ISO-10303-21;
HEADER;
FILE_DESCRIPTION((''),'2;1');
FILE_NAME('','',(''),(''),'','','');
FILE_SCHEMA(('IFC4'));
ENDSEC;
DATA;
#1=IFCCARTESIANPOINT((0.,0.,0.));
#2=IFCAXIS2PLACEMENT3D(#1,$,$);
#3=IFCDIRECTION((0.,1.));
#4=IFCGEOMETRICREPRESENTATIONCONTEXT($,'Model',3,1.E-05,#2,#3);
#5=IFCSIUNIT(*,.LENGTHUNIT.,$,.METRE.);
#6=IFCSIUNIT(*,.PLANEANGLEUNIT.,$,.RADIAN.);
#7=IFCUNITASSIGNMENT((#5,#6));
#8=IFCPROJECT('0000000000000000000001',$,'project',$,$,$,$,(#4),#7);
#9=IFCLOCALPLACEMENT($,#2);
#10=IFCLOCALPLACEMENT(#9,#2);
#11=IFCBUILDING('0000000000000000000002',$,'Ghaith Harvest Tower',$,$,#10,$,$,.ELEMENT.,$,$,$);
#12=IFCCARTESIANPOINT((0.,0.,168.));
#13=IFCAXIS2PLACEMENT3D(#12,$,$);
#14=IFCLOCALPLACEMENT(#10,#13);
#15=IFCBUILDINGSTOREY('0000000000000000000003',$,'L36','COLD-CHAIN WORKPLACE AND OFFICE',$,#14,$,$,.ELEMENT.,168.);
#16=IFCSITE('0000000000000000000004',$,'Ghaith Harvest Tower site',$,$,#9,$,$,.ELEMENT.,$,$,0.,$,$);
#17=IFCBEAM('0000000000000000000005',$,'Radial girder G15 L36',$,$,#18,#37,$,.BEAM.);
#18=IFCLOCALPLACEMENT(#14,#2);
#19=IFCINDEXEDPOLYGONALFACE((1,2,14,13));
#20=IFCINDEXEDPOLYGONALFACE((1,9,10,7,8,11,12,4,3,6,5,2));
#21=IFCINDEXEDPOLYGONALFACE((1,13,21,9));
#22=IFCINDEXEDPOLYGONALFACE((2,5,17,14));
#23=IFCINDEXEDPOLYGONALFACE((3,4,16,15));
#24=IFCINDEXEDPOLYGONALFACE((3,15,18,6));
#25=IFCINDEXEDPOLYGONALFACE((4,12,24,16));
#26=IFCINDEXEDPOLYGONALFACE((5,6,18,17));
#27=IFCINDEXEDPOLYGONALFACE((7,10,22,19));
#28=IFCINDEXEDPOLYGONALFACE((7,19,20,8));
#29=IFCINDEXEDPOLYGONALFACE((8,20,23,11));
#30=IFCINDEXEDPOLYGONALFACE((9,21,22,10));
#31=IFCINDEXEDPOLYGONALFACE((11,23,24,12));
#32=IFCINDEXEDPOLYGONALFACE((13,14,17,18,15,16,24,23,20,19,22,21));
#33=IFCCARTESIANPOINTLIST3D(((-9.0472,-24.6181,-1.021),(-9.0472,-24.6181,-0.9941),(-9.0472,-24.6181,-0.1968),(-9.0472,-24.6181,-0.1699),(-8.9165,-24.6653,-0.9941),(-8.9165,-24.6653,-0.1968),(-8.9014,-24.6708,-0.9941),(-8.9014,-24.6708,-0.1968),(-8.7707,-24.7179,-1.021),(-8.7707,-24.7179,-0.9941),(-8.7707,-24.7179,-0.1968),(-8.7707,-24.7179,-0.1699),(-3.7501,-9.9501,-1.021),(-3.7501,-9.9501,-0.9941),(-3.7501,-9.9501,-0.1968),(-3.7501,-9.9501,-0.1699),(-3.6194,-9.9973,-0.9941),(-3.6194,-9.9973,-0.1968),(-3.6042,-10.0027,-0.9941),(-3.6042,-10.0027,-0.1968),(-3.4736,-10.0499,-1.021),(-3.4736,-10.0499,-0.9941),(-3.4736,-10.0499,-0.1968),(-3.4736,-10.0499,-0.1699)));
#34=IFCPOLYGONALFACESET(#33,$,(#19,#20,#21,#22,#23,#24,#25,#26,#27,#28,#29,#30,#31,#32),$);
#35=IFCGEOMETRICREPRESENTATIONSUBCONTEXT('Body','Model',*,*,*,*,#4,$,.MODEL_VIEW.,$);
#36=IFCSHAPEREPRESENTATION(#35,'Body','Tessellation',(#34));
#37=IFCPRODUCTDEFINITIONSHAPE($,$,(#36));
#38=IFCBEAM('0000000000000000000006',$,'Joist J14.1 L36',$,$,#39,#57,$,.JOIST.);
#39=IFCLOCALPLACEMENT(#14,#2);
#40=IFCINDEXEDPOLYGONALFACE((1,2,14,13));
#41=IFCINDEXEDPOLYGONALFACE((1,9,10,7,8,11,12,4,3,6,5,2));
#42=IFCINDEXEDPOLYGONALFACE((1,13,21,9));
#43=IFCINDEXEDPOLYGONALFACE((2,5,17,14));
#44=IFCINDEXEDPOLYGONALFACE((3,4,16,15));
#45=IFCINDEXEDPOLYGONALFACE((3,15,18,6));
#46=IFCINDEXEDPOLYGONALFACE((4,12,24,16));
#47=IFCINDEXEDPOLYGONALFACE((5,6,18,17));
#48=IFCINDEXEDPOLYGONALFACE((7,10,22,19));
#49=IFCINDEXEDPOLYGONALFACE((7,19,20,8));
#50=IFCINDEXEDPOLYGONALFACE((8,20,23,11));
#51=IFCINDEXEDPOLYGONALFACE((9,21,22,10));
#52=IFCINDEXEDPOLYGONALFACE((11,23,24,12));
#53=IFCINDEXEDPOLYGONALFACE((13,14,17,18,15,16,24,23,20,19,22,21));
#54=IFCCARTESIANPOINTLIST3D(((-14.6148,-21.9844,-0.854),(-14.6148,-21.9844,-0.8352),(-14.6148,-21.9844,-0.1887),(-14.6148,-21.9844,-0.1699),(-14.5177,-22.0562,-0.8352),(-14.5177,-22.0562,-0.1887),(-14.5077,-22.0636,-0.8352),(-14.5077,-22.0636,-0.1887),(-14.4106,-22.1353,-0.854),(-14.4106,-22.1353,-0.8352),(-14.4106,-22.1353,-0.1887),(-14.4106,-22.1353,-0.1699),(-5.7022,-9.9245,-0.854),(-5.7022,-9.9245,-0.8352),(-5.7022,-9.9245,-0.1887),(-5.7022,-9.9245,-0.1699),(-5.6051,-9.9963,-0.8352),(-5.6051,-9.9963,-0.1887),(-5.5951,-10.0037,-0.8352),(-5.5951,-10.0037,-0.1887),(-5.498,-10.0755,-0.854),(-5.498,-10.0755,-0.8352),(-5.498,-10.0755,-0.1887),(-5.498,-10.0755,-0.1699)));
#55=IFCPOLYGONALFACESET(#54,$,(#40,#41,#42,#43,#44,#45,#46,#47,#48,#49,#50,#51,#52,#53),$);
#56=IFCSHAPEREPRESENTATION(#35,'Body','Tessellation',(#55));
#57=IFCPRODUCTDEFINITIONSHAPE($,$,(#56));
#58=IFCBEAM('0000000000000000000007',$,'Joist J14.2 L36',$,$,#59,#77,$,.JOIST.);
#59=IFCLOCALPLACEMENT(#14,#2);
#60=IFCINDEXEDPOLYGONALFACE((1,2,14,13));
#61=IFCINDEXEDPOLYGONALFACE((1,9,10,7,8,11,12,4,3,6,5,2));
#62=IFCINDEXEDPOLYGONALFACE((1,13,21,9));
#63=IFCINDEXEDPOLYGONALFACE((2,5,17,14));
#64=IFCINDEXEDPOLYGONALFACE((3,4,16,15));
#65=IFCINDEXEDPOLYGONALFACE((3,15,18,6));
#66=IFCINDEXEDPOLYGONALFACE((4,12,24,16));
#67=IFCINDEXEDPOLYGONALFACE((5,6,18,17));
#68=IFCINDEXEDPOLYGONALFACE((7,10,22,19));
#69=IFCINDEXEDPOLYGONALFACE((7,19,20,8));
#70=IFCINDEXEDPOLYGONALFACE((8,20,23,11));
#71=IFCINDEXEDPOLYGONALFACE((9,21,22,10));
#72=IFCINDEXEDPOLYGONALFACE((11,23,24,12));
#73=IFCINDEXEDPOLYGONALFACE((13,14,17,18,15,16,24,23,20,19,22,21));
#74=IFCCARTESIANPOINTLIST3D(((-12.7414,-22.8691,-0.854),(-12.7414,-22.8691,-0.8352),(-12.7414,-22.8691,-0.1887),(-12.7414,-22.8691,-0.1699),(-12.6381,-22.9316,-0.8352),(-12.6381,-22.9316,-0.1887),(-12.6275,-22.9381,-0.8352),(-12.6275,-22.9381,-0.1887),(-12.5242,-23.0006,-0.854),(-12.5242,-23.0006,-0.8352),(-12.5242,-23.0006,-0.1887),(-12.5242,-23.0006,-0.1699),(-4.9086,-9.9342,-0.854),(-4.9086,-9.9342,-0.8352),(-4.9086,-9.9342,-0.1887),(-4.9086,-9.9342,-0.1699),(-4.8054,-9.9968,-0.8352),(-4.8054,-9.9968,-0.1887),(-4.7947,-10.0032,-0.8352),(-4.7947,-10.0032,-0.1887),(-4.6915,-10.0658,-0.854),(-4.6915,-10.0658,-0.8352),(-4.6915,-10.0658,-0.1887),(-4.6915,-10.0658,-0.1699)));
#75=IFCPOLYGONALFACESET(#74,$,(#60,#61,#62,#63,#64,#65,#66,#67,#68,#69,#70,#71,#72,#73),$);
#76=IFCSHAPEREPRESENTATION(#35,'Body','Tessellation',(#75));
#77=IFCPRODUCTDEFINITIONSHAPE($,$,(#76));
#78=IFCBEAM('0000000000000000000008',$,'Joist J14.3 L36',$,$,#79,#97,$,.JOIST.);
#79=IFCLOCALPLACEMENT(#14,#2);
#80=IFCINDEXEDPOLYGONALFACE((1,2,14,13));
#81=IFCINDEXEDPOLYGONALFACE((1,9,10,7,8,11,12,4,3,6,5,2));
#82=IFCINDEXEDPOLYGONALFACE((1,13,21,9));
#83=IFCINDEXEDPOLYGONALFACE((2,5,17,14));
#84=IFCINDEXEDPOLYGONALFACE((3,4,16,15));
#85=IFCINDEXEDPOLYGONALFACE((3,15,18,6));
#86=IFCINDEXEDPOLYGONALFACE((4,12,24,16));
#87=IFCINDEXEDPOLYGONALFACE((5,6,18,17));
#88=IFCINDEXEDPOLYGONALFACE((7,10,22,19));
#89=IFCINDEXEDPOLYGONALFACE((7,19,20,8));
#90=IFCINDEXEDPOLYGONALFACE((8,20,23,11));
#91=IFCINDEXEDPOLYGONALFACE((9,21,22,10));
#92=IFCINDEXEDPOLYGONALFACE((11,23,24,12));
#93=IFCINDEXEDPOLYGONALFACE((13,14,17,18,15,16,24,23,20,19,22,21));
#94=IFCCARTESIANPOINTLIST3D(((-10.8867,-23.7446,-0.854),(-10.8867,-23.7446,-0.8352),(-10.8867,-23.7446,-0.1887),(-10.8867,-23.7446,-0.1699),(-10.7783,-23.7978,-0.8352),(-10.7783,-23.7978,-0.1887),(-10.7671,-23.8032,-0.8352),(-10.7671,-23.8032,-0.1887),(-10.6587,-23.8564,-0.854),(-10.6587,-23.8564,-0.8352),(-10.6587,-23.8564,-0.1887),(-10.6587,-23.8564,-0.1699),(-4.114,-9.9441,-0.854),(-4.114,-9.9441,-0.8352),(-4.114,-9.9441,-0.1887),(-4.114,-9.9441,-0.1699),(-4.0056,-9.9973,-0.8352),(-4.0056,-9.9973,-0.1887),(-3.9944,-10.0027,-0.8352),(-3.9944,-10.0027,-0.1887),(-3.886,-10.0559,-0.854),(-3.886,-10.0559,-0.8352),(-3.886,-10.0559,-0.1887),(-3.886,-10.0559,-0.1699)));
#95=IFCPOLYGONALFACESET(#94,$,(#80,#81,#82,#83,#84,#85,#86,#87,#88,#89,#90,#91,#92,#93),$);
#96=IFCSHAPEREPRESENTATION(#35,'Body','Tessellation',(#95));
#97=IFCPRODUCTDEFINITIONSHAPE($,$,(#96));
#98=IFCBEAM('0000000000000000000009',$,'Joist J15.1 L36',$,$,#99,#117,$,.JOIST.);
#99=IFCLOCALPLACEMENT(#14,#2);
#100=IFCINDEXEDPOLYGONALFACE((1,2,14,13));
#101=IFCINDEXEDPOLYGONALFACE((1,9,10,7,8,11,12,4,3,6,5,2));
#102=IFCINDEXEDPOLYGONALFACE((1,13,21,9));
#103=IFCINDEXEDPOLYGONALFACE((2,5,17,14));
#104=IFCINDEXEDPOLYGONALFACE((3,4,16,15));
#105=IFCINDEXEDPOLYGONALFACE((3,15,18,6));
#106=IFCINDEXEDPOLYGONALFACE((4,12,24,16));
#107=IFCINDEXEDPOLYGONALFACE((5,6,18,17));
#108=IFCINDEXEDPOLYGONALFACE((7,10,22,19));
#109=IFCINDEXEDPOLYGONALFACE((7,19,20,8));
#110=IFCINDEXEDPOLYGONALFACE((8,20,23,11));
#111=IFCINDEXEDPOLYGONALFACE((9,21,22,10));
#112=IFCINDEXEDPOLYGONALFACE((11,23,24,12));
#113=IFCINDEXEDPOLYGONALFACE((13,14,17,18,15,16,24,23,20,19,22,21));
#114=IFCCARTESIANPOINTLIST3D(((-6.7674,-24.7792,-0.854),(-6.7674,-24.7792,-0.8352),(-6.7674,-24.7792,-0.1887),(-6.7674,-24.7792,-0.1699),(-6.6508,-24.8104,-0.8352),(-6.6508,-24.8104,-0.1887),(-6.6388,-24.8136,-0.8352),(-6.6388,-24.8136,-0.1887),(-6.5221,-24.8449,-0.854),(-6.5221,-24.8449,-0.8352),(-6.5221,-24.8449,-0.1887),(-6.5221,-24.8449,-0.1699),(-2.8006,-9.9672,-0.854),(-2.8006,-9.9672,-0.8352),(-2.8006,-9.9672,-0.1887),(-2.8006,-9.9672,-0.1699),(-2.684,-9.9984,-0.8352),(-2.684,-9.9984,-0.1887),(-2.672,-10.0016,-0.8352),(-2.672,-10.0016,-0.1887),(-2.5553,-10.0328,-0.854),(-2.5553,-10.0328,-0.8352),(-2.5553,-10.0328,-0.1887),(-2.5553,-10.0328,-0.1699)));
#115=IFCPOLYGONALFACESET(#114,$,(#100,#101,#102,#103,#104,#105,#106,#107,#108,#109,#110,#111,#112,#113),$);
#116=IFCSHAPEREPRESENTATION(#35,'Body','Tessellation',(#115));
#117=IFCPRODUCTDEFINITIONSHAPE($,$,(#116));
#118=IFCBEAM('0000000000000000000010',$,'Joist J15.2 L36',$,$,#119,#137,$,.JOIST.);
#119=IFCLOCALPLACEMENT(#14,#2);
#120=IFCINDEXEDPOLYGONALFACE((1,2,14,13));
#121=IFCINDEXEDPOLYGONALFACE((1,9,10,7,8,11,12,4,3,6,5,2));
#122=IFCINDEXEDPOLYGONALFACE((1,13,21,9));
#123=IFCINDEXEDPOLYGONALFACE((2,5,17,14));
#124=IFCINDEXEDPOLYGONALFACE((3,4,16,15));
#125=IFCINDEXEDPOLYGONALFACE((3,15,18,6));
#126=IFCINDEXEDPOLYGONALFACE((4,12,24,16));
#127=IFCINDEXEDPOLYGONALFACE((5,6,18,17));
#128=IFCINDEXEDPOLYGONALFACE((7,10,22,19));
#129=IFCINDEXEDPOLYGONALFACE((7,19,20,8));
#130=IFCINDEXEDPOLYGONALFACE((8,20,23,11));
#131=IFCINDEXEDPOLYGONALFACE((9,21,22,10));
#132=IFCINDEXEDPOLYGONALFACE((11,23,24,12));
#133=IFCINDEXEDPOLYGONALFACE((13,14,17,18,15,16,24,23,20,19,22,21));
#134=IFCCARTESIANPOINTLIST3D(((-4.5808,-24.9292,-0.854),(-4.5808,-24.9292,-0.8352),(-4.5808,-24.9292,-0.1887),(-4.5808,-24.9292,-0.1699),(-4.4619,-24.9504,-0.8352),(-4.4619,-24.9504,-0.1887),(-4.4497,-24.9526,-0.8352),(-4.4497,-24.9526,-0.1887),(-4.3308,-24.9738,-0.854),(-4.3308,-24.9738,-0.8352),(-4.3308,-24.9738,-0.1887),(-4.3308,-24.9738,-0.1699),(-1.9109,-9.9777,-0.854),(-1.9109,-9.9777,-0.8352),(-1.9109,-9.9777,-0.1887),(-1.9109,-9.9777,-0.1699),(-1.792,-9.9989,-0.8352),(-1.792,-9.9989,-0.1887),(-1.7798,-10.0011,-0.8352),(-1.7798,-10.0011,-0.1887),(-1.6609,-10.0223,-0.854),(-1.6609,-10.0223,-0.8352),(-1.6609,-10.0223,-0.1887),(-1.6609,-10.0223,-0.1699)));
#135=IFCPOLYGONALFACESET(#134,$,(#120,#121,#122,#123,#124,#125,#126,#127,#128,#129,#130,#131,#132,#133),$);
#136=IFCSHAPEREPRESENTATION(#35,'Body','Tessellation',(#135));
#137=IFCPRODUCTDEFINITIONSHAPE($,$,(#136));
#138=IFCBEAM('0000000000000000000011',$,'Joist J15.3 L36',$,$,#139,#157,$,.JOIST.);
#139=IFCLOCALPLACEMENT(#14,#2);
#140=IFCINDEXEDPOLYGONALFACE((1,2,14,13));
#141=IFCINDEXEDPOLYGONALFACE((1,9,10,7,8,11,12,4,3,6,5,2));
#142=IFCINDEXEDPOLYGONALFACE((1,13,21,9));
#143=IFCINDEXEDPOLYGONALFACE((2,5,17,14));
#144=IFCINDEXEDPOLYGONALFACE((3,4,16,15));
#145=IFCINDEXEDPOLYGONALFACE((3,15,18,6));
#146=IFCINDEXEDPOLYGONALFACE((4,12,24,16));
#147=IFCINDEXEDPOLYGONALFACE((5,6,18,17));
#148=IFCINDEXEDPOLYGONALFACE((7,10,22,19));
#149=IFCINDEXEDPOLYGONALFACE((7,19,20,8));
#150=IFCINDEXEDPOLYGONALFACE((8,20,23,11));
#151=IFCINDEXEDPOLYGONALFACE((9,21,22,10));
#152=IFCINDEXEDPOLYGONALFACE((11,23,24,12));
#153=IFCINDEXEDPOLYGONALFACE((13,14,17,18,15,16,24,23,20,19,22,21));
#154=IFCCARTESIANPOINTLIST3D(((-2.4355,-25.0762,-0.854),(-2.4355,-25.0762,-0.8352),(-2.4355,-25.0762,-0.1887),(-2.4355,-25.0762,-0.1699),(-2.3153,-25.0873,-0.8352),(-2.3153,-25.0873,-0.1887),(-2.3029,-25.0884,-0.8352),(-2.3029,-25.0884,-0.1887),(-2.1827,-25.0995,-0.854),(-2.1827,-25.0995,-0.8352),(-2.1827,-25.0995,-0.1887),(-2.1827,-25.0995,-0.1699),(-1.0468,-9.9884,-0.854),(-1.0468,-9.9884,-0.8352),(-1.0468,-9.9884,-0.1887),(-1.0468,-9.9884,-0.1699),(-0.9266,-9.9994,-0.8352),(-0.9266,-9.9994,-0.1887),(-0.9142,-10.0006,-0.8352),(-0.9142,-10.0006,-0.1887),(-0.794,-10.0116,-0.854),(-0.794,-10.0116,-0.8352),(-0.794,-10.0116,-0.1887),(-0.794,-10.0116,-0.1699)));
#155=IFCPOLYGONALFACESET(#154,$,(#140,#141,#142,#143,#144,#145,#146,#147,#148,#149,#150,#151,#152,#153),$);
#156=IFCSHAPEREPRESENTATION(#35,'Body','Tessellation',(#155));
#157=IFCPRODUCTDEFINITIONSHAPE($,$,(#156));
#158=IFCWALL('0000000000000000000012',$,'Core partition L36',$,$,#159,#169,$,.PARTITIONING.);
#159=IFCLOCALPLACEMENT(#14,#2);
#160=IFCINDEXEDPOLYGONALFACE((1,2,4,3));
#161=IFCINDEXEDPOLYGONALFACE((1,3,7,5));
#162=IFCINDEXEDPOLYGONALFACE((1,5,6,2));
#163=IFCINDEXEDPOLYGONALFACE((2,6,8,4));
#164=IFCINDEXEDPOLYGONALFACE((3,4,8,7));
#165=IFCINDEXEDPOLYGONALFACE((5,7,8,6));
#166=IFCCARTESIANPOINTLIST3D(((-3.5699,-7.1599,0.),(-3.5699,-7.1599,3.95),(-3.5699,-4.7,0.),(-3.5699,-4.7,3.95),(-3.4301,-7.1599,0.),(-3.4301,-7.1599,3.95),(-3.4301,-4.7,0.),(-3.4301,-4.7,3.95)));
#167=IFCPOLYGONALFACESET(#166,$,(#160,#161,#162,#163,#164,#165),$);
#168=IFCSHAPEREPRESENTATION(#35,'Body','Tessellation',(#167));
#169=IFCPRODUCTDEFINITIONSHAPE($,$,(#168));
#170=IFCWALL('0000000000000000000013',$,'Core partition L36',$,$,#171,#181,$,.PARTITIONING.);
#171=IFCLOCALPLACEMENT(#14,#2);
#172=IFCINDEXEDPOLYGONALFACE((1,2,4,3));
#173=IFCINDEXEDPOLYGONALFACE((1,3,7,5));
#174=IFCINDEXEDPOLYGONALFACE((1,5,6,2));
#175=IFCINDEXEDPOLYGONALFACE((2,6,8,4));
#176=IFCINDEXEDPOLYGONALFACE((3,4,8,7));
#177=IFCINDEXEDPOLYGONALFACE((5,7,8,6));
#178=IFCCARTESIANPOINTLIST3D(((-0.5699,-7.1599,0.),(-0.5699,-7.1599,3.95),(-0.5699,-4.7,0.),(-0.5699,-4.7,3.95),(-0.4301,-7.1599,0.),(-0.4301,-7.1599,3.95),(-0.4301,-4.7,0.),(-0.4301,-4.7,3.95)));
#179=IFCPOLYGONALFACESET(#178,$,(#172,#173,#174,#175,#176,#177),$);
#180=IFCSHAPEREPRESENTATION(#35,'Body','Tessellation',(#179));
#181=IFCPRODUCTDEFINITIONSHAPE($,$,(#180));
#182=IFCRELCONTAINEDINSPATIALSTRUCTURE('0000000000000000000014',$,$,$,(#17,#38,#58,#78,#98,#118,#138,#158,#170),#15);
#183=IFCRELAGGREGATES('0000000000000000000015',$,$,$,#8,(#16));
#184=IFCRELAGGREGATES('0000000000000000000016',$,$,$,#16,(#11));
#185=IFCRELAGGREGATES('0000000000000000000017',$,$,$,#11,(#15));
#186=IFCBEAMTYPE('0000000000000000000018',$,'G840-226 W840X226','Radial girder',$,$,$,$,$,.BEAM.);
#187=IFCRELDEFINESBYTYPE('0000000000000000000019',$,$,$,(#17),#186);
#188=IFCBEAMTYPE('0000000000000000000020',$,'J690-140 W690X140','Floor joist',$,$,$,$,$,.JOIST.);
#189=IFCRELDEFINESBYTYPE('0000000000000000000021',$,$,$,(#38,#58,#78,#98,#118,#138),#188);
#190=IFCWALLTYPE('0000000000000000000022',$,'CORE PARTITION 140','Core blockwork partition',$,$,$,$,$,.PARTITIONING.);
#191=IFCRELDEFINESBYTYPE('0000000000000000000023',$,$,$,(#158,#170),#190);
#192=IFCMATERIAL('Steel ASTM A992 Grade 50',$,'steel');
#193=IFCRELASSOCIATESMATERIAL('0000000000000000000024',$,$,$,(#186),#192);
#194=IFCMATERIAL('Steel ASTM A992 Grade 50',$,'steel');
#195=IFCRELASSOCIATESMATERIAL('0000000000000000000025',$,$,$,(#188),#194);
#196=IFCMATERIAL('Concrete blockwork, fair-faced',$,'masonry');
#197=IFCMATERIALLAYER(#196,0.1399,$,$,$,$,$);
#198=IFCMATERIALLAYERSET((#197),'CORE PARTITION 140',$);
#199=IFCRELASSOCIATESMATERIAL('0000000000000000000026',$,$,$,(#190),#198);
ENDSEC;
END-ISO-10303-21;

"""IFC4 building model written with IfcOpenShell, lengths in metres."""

from ifc_helpers import new_model, si_unit, direction, frame, frame_2d, origin, origin_2d, place, context, subcontext, project, spatial, rectangle, i_section, extrude, material, layer, layer_set, material_profile, profile_set, type_object, element, save


model = new_model("IFC4")

# Units and contexts
model_context = context("Model", 3, precision=1e-05, world=origin(), true_north=direction((0.0, 1.0)))
body_context = subcontext(model_context, "Body", "Model", "MODEL_VIEW")
ifc_project = project(units=[si_unit("LENGTHUNIT", "METRE"), si_unit("PLANEANGLEUNIT", "RADIAN")], contexts=[model_context])

# Site, building, storey
site_placement = place(None, origin())
site = spatial("IfcSite", under=ifc_project, at=site_placement, Name="Ghaith Harvest Tower site", CompositionType="ELEMENT", RefElevation=0.0)
building_placement = place(site_placement, origin())
building = spatial("IfcBuilding", under=site, at=building_placement, Name="Ghaith Harvest Tower", CompositionType="ELEMENT")
storey_placement = place(building_placement, frame((0.0, 0.0, 168.0)))
storey = spatial("IfcBuildingStorey", under=building, at=storey_placement, Name="L36", Description="COLD-CHAIN WORKPLACE AND OFFICE", CompositionType="ELEMENT", Elevation=168.0)

# Beams
ifc_material_1 = material(Name="Steel ASTM A992 Grade 50", Category="steel")
ifc_material_profile_1 = material_profile(ifc_material_1, i_section(OverallWidth=0.2939, OverallDepth=0.8511, WebThickness=0.0161, FlangeThickness=0.0269, at=origin_2d()), Name="W840X226")
ifc_profile_set_1 = profile_set([ifc_material_profile_1], Name="Steel ASTM A992 Grade 50")
beam_type_1 = type_object("IfcBeamType", Name="G840-226 W840X226", Description="Radial girder", PredefinedType="BEAM", material=ifc_profile_set_1)
beam_1_placement = place(storey_placement, frame((-3.6118, -10.0, -0.5955), z_axis=(-0.339664, -0.940547, 0.0), x_axis=(0.940547, -0.339664, 0.0)))
element("IfcBeam", 1, at=beam_1_placement, inside=storey, type_object=beam_type_1, Name="Radial girder G15 L36", PredefinedType="BEAM", context=body_context, shape_type="SweptSolid", body=[
    extrude(i_section(OverallWidth=0.2939, OverallDepth=0.8511, WebThickness=0.0161, FlangeThickness=0.0269, at=origin_2d()), origin(), (0.0, 0.0, 1.0), 15.5952),
])
ifc_material_2 = material(Name="Steel ASTM A992 Grade 50", Category="steel")
ifc_material_profile_2 = material_profile(ifc_material_2, i_section(OverallWidth=0.2539, OverallDepth=0.6841, WebThickness=0.0125, FlangeThickness=0.0188, at=origin_2d()), Name="W690X140")
ifc_profile_set_2 = profile_set([ifc_material_profile_2], Name="Steel ASTM A992 Grade 50")
beam_type_2 = type_object("IfcBeamType", Name="J690-140 W690X140", Description="Floor joist", PredefinedType="JOIST", material=ifc_profile_set_2)
beam_2_placement = place(storey_placement, frame((-5.6001, -10.0, -0.512), z_axis=(-0.59434, -0.804214, 0.0), x_axis=(0.804214, -0.59434, 0.0)))
element("IfcBeam", 2, at=beam_2_placement, inside=storey, type_object=beam_type_2, Name="Joist J14.1 L36", PredefinedType="JOIST", context=body_context, shape_type="SweptSolid", body=[
    extrude(i_section(OverallWidth=0.2539, OverallDepth=0.6841, WebThickness=0.0125, FlangeThickness=0.0188, at=origin_2d()), origin(), (0.0, 0.0, 1.0), 14.9958),
])
beam_3_placement = place(storey_placement, frame((-4.8, -10.0, -0.512), z_axis=(-0.517986, -0.855389, 0.0), x_axis=(0.855389, -0.517986, 0.0)))
element("IfcBeam", 3, at=beam_3_placement, inside=storey, type_object=beam_type_2, Name="Joist J14.2 L36", PredefinedType="JOIST", context=body_context, shape_type="SweptSolid", body=[
    extrude(i_section(OverallWidth=0.2539, OverallDepth=0.6841, WebThickness=0.0125, FlangeThickness=0.0188, at=origin_2d()), origin(), (0.0, 0.0, 1.0), 15.1216),
])
beam_4_placement = place(storey_placement, frame((-4.0, -10.0, -0.512), z_axis=(-0.440563, -0.897722, 0.0), x_axis=(0.897722, -0.440563, 0.0)))
element("IfcBeam", 4, at=beam_4_placement, inside=storey, type_object=beam_type_2, Name="Joist J14.3 L36", PredefinedType="JOIST", context=body_context, shape_type="SweptSolid", body=[
    extrude(i_section(OverallWidth=0.2539, OverallDepth=0.6841, WebThickness=0.0125, FlangeThickness=0.0188, at=origin_2d()), origin(), (0.0, 0.0, 1.0), 15.3728),
])
beam_5_placement = place(storey_placement, frame((-2.678, -10.0, -0.512), z_axis=(-0.258693, -0.96596, 0.0), x_axis=(0.96596, -0.258693, 0.0)))
element("IfcBeam", 5, at=beam_5_placement, inside=storey, type_object=beam_type_2, Name="Joist J15.1 L36", PredefinedType="JOIST", context=body_context, shape_type="SweptSolid", body=[
    extrude(i_section(OverallWidth=0.2539, OverallDepth=0.6841, WebThickness=0.0125, FlangeThickness=0.0188, at=origin_2d()), origin(), (0.0, 0.0, 1.0), 15.334),
])
beam_6_placement = place(storey_placement, frame((-1.7859, -10.0, -0.512), z_axis=(-0.175792, -0.984427, 0.0), x_axis=(0.984427, -0.175792, 0.0)))
element("IfcBeam", 6, at=beam_6_placement, inside=storey, type_object=beam_type_2, Name="Joist J15.2 L36", PredefinedType="JOIST", context=body_context, shape_type="SweptSolid", body=[
    extrude(i_section(OverallWidth=0.2539, OverallDepth=0.6841, WebThickness=0.0125, FlangeThickness=0.0188, at=origin_2d()), origin(), (0.0, 0.0, 1.0), 15.188),
])
beam_7_placement = place(storey_placement, frame((-0.9204, -10.0, -0.512), z_axis=(-0.091651, -0.995791, 0.0), x_axis=(0.995791, -0.091651, 0.0)))
element("IfcBeam", 7, at=beam_7_placement, inside=storey, type_object=beam_type_2, Name="Joist J15.3 L36", PredefinedType="JOIST", context=body_context, shape_type="SweptSolid", body=[
    extrude(i_section(OverallWidth=0.2539, OverallDepth=0.6841, WebThickness=0.0125, FlangeThickness=0.0188, at=origin_2d()), origin(), (0.0, 0.0, 1.0), 15.1516),
])

# Shared definitions
ifc_material_3 = material(Name="Concrete blockwork, fair-faced", Category="masonry")
ifc_layer_1 = layer(ifc_material_3, 0.1399)
ifc_layer_set_1 = layer_set([ifc_layer_1], Name="CORE PARTITION 140")
wall_type_1 = type_object("IfcWallType", Name="CORE PARTITION 140", Description="Core blockwork partition", PredefinedType="PARTITIONING", material=ifc_layer_set_1)

# Walls
for number, where, z_axis, x_axis, name in (
    (8, (-3.5, -4.7, 0.0), (0.0, 0.0, 1.0), (0.0, -1.0, 0.0), "Core partition L36"),
    (9, (-0.5, -4.7, 0.0), (0.0, 0.0, 1.0), (0.0, -1.0, 0.0), "Core partition L36"),
):
    element("IfcWall", number, at=place(storey_placement, frame(where, z_axis=z_axis, x_axis=x_axis)), inside=storey, type_object=wall_type_1, Name=name, PredefinedType="PARTITIONING", context=body_context, shape_type="SweptSolid", body=[
        extrude(rectangle(XDim=2.46, YDim=0.1399, at=frame_2d((1.23, 0.0))), origin(), (0.0, 0.0, 1.0), 3.95),
    ])

save(model, "model.ifc")
